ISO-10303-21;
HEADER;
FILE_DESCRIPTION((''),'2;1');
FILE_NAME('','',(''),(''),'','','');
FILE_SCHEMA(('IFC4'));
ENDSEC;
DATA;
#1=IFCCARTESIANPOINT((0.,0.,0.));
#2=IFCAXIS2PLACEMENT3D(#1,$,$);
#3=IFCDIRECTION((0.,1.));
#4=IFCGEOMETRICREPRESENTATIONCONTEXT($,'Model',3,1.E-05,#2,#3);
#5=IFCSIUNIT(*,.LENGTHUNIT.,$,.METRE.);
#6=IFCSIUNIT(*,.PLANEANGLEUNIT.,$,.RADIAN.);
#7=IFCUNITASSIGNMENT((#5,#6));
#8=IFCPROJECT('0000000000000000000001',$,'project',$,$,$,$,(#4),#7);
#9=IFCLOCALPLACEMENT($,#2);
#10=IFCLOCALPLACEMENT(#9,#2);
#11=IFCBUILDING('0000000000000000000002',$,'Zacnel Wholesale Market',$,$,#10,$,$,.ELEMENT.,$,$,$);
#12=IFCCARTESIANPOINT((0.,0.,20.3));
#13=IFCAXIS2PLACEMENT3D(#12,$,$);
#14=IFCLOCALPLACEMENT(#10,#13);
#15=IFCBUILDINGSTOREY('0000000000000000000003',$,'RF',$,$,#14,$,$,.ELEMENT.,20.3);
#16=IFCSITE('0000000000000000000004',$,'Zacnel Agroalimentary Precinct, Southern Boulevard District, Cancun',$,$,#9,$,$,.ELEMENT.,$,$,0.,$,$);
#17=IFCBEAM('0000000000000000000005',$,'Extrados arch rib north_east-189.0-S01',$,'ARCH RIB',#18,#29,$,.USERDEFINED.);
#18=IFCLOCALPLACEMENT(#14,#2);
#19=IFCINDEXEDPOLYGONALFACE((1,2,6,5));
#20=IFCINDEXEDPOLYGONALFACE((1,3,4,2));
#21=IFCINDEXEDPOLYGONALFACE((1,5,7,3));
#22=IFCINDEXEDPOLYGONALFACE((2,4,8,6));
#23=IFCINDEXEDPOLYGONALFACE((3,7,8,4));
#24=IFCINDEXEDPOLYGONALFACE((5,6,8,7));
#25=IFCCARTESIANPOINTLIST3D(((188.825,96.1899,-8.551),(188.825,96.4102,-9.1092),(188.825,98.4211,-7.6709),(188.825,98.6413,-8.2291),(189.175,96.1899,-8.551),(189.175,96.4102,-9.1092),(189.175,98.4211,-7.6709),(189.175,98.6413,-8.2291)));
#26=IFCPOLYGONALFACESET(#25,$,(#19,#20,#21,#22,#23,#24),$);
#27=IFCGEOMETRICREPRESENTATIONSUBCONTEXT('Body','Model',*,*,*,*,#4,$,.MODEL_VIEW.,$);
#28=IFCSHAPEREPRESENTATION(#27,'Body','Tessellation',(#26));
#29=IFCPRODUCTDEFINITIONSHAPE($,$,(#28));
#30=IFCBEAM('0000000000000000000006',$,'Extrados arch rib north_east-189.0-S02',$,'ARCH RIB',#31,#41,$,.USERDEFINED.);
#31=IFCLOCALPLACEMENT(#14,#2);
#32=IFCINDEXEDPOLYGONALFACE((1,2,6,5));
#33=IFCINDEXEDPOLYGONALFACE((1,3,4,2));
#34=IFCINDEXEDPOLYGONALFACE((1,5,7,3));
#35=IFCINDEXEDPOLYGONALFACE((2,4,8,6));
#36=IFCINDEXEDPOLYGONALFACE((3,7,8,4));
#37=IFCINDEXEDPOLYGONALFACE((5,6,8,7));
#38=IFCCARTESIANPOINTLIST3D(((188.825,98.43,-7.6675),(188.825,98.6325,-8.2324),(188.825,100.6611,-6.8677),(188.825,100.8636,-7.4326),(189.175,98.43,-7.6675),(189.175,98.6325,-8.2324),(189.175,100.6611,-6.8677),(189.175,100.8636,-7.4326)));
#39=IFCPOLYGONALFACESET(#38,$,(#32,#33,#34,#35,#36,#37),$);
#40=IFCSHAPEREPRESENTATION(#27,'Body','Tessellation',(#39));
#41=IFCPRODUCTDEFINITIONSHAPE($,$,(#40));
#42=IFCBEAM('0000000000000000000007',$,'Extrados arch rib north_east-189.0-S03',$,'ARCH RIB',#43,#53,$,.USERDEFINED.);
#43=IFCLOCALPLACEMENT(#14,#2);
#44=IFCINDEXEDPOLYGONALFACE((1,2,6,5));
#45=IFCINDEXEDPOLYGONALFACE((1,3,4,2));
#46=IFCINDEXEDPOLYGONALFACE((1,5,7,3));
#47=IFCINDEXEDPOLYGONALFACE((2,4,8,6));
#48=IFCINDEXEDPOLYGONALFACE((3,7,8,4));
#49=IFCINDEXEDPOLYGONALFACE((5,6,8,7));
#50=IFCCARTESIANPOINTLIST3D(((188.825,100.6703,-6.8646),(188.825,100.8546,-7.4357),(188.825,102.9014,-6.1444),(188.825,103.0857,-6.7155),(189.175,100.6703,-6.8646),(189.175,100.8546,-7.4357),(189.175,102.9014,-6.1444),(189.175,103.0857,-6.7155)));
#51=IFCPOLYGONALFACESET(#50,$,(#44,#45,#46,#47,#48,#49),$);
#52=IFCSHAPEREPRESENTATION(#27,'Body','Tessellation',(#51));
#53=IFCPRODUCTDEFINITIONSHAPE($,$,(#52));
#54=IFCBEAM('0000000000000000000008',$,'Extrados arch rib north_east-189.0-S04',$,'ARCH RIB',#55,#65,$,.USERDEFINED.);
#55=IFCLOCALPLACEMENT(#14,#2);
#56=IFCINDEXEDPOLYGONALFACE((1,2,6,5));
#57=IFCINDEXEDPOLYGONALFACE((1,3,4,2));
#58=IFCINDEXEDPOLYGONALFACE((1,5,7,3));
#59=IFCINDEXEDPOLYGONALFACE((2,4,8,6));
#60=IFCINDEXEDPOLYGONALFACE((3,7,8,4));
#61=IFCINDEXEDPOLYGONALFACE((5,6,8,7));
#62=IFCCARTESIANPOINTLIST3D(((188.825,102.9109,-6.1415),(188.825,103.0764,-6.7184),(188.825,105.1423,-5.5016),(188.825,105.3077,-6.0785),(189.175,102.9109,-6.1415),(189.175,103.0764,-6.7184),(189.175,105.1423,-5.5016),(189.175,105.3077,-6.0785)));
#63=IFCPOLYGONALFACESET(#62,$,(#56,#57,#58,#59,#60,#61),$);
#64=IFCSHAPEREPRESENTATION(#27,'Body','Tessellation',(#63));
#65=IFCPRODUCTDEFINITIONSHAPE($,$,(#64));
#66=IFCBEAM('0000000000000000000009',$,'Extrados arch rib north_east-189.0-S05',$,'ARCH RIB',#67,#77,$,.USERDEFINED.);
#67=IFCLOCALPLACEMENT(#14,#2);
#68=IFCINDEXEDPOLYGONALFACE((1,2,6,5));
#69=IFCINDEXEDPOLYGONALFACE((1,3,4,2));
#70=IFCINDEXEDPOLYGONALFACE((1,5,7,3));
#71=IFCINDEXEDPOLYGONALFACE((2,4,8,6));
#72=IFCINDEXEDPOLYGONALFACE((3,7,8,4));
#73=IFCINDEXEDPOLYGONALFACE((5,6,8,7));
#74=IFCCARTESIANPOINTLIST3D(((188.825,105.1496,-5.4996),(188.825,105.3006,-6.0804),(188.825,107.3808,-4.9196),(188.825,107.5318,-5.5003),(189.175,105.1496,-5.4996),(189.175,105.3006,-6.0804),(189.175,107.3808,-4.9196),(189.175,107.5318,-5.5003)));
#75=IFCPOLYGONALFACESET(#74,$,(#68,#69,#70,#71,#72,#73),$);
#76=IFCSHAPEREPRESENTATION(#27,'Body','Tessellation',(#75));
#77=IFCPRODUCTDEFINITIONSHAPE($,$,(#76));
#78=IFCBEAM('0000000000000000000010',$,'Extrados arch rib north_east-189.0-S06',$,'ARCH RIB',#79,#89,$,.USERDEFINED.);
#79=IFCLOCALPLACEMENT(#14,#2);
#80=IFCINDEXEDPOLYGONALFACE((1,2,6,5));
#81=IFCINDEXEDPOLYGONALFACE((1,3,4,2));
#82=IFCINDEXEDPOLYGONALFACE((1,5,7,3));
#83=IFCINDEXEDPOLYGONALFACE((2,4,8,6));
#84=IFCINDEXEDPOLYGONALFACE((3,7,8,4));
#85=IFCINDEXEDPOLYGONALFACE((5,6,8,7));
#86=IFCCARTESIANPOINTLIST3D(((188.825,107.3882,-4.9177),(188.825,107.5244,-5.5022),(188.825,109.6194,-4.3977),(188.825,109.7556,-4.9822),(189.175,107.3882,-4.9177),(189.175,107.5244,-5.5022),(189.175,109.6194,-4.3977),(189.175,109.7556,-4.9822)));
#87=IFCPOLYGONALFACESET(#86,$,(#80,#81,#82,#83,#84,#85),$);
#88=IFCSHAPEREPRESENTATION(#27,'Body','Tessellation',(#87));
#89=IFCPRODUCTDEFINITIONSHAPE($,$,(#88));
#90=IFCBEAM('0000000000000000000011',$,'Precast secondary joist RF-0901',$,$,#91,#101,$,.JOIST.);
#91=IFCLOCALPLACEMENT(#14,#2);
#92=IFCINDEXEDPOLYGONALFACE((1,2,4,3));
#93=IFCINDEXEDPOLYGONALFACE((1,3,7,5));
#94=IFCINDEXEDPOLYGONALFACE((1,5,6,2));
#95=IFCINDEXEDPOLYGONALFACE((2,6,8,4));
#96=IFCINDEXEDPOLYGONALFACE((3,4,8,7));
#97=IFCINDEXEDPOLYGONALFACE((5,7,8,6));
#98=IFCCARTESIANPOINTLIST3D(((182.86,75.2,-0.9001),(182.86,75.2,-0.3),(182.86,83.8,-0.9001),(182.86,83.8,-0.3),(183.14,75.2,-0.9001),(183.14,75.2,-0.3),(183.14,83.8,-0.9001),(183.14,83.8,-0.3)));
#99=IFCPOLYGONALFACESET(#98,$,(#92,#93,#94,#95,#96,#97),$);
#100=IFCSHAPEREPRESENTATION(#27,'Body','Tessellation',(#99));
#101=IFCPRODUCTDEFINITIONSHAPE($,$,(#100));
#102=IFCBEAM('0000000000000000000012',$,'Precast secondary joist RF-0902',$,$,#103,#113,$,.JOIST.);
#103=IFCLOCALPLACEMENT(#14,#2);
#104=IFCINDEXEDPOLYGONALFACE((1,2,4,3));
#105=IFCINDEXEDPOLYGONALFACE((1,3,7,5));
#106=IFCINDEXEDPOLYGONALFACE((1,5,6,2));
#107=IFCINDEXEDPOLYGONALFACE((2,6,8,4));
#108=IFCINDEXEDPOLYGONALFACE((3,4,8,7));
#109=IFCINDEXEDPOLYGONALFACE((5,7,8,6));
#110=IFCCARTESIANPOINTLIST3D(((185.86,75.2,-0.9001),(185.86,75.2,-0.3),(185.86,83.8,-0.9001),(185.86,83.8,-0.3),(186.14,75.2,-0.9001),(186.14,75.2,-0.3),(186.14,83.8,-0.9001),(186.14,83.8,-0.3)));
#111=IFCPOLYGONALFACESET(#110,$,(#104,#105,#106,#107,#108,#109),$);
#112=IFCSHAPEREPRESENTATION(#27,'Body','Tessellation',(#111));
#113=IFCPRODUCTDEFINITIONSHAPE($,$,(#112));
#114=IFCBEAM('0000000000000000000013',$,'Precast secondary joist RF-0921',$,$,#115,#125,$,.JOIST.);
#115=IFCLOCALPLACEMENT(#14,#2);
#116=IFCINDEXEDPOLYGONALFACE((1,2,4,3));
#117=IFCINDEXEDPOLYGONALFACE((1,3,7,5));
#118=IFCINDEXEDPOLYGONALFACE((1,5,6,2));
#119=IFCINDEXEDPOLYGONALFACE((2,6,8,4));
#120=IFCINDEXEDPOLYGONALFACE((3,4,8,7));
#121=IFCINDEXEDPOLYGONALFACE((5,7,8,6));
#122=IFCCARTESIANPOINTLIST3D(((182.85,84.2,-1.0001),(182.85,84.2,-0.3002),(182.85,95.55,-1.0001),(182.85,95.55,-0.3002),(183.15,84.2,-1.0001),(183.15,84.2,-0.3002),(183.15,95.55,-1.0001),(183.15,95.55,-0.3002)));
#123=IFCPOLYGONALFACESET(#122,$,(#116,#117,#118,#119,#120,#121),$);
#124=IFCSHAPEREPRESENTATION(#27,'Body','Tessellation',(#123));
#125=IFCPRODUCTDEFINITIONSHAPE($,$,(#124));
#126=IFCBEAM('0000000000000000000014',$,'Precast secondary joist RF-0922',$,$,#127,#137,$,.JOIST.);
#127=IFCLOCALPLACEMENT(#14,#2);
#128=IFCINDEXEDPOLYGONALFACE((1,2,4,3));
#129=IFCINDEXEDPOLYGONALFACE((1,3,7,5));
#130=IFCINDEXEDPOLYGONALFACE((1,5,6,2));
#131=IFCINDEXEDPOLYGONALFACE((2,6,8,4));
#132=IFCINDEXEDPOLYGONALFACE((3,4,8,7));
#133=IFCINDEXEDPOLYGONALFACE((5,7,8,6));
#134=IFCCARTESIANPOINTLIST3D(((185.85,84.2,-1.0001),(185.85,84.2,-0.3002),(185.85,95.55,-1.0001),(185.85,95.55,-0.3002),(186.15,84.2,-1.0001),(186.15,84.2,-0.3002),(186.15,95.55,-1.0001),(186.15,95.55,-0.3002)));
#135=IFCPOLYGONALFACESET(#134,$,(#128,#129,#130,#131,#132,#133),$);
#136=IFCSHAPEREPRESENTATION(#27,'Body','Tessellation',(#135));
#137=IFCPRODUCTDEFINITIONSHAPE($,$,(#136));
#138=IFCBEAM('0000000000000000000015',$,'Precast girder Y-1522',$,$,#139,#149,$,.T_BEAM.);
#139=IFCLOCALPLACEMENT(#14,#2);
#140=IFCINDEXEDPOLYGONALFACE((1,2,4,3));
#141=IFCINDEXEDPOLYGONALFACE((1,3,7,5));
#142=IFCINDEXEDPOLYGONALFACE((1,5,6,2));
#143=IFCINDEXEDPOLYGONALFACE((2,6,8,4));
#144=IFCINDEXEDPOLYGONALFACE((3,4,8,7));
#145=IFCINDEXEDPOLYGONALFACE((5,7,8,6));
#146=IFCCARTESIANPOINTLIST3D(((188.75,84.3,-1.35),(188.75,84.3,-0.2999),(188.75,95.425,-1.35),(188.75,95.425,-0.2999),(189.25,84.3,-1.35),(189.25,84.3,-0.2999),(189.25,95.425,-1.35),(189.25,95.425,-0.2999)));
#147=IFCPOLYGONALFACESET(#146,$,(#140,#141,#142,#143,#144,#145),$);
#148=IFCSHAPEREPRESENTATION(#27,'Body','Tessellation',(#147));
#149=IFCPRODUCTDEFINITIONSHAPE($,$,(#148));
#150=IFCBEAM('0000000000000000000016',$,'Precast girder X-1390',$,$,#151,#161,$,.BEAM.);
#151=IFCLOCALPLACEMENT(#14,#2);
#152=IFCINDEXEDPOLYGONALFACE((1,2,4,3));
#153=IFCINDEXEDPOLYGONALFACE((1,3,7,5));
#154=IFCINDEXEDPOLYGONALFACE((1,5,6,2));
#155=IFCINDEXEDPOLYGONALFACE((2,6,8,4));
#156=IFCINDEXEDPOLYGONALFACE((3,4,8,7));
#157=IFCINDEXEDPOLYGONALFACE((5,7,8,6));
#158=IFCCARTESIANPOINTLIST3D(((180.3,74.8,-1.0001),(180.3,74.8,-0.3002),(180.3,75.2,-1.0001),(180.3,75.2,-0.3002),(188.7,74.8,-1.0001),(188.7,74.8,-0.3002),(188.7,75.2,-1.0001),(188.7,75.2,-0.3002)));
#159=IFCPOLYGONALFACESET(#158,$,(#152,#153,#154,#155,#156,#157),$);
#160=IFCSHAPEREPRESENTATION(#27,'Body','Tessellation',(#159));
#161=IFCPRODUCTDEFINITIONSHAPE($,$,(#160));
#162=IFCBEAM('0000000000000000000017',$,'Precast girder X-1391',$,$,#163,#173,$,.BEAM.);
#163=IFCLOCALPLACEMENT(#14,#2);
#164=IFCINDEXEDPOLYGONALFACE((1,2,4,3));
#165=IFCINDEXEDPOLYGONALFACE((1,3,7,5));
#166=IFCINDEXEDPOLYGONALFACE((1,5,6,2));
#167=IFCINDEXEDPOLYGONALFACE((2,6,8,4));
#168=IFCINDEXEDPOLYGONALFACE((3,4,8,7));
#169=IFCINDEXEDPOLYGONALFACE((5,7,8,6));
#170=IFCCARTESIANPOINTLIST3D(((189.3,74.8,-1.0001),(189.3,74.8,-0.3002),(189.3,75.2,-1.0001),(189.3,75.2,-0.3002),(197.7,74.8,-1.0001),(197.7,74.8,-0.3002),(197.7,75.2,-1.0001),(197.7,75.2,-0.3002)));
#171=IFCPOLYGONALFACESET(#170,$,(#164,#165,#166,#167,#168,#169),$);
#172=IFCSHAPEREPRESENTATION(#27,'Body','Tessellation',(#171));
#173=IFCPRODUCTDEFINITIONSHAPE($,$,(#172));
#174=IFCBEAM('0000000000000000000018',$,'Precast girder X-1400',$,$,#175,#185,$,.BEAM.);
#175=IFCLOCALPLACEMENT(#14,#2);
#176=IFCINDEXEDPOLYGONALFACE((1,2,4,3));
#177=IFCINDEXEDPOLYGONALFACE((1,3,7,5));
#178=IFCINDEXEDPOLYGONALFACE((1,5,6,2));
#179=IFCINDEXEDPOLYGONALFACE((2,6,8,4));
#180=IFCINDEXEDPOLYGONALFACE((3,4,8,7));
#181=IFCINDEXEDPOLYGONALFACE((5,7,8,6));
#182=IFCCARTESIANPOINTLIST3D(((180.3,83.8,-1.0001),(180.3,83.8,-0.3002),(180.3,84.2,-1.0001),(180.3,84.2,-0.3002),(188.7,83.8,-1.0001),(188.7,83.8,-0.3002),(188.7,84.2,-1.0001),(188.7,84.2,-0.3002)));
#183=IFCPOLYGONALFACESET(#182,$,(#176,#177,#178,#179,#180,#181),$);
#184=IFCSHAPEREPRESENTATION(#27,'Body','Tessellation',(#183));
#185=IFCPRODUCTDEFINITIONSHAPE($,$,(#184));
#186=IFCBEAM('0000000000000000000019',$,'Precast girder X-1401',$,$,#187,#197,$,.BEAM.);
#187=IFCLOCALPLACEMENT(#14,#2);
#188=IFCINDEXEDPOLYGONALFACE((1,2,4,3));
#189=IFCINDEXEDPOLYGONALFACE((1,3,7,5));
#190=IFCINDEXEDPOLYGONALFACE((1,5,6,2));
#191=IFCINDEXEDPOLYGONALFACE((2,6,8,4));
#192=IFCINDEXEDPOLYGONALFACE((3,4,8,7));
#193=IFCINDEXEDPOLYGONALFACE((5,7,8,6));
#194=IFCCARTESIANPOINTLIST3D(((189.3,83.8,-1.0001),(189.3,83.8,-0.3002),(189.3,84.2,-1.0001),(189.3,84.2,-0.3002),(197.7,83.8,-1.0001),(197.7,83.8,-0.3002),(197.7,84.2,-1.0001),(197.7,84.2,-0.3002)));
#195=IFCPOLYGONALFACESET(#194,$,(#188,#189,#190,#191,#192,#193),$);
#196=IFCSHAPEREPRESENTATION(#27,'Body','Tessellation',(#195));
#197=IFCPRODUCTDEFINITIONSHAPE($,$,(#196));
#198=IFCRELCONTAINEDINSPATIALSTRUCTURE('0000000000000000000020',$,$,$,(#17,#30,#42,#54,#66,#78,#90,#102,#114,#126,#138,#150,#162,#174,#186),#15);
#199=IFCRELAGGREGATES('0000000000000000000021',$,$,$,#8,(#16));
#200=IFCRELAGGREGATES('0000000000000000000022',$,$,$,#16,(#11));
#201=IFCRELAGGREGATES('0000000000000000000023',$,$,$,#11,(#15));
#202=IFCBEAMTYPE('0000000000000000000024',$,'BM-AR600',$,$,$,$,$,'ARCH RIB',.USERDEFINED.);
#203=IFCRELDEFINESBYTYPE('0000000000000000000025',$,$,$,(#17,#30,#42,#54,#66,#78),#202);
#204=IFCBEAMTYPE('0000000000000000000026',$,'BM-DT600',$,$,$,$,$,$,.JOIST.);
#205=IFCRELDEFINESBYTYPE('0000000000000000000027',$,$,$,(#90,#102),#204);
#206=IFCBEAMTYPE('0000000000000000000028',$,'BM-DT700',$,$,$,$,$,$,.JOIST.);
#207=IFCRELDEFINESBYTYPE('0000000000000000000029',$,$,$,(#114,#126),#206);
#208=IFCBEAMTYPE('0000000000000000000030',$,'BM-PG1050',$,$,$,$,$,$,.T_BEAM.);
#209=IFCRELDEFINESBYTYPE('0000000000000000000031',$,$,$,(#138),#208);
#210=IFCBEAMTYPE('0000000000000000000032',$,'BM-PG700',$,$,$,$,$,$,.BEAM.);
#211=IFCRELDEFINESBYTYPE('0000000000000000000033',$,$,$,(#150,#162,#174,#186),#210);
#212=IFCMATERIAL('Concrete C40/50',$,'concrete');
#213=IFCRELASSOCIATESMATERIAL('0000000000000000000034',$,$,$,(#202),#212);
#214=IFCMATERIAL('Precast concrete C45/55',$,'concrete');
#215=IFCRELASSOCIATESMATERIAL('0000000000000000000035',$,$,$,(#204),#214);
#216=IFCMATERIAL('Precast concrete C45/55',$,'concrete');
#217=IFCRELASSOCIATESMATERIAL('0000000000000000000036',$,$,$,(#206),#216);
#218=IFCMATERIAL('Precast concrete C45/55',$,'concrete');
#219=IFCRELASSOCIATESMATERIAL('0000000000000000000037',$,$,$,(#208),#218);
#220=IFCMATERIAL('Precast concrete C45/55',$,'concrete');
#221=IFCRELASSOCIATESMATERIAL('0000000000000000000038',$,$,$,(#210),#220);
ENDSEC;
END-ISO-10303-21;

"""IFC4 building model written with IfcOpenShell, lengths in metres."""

from ifc_helpers import new_model, si_unit, direction, frame, origin, origin_2d, place, context, subcontext, project, spatial, rectangle, extrude, material, material_profile, profile_set, type_object, element, save


model = new_model("IFC4")

# Units and contexts
model_context = context("Model", 3, precision=1e-05, world=origin(), true_north=direction((0.0, 1.0)))
body_context = subcontext(model_context, "Body", "Model", "MODEL_VIEW")
ifc_project = project(units=[si_unit("LENGTHUNIT", "METRE"), si_unit("PLANEANGLEUNIT", "RADIAN")], contexts=[model_context])

# Site, building, storey
site_placement = place(None, origin())
site = spatial("IfcSite", under=ifc_project, at=site_placement, Name="Zacnel Agroalimentary Precinct, Southern Boulevard District, Cancun", CompositionType="ELEMENT", RefElevation=0.0)
building_placement = place(site_placement, origin())
building = spatial("IfcBuilding", under=site, at=building_placement, Name="Zacnel Wholesale Market", CompositionType="ELEMENT")
storey_placement = place(building_placement, frame((0.0, 0.0, 20.3)))
storey = spatial("IfcBuildingStorey", under=building, at=storey_placement, Name="RF", CompositionType="ELEMENT", Elevation=20.3)

# Beams
ifc_material_1 = material(Name="Concrete C40/50", Category="concrete")
ifc_material_profile_1 = material_profile(ifc_material_1, rectangle(XDim=0.3501, YDim=0.6001, at=origin_2d()), Name="ARCH RIB 350x600")
ifc_profile_set_1 = profile_set([ifc_material_profile_1], Name="Concrete C40/50")
beam_type_1 = type_object("IfcBeamType", Name="BM-AR600", ElementType="ARCH RIB", PredefinedType="USERDEFINED", material=ifc_profile_set_1)
beam_1_placement = place(storey_placement, frame((189.0, 96.3, -8.8301), z_axis=(0.0, 0.930242, 0.366946), x_axis=(-1.0, 0.0, 0.0)))
element("IfcBeam", 1, at=beam_1_placement, inside=storey, type_object=beam_type_1, Name="Extrados arch rib north_east-189.0-S01", ObjectType="ARCH RIB", PredefinedType="USERDEFINED", context=body_context, shape_type="SweptSolid", body=[
    extrude(rectangle(XDim=0.3501, YDim=0.6001, at=origin_2d()), origin(), (0.0, 0.0, 1.0), 2.3984),
])
beam_2_placement = place(storey_placement, frame((189.0, 98.5312, -7.95), z_axis=(0.0, 0.941347, 0.337439), x_axis=(-1.0, 0.0, 0.0)))
element("IfcBeam", 2, at=beam_2_placement, inside=storey, type_object=beam_type_1, Name="Extrados arch rib north_east-189.0-S02", ObjectType="ARCH RIB", PredefinedType="USERDEFINED", context=body_context, shape_type="SweptSolid", body=[
    extrude(rectangle(XDim=0.3501, YDim=0.6001, at=origin_2d()), origin(), (0.0, 0.0, 1.0), 2.3701),
])
beam_3_placement = place(storey_placement, frame((189.0, 100.7625, -7.1501), z_axis=(0.0, 0.95165, 0.307185), x_axis=(-1.0, 0.0, 0.0)))
element("IfcBeam", 3, at=beam_3_placement, inside=storey, type_object=beam_type_1, Name="Extrados arch rib north_east-189.0-S03", ObjectType="ARCH RIB", PredefinedType="USERDEFINED", context=body_context, shape_type="SweptSolid", body=[
    extrude(rectangle(XDim=0.3501, YDim=0.6001, at=origin_2d()), origin(), (0.0, 0.0, 1.0), 2.3445),
])
beam_4_placement = place(storey_placement, frame((189.0, 102.9937, -6.4299), z_axis=(0.0, 0.961258, 0.275652), x_axis=(-1.0, 0.0, 0.0)))
element("IfcBeam", 4, at=beam_4_placement, inside=storey, type_object=beam_type_1, Name="Extrados arch rib north_east-189.0-S04", ObjectType="ARCH RIB", PredefinedType="USERDEFINED", context=body_context, shape_type="SweptSolid", body=[
    extrude(rectangle(XDim=0.3501, YDim=0.6001, at=origin_2d()), origin(), (0.0, 0.0, 1.0), 2.3213),
])
beam_5_placement = place(storey_placement, frame((189.0, 105.2251, -5.79), z_axis=(0.0, 0.967826, 0.25162), x_axis=(-1.0, 0.0, 0.0)))
element("IfcBeam", 5, at=beam_5_placement, inside=storey, type_object=beam_type_1, Name="Extrados arch rib north_east-189.0-S05", ObjectType="ARCH RIB", PredefinedType="USERDEFINED", context=body_context, shape_type="SweptSolid", body=[
    extrude(rectangle(XDim=0.3501, YDim=0.6001, at=origin_2d()), origin(), (0.0, 0.0, 1.0), 2.3054),
])
beam_6_placement = place(storey_placement, frame((189.0, 107.4563, -5.21), z_axis=(0.0, 0.973899, 0.226984), x_axis=(-1.0, 0.0, 0.0)))
element("IfcBeam", 6, at=beam_6_placement, inside=storey, type_object=beam_type_1, Name="Extrados arch rib north_east-189.0-S06", ObjectType="ARCH RIB", PredefinedType="USERDEFINED", context=body_context, shape_type="SweptSolid", body=[
    extrude(rectangle(XDim=0.3501, YDim=0.6001, at=origin_2d()), origin(), (0.0, 0.0, 1.0), 2.291),
])
ifc_material_2 = material(Name="Precast concrete C45/55", Category="concrete")
ifc_material_profile_2 = material_profile(ifc_material_2, rectangle(XDim=0.28, YDim=0.6001, at=origin_2d()), Name="DT RIB 280x600")
ifc_profile_set_2 = profile_set([ifc_material_profile_2], Name="Precast concrete C45/55")
beam_type_2 = type_object("IfcBeamType", Name="BM-DT600", PredefinedType="JOIST", material=ifc_profile_set_2)
for number, where, z_axis, x_axis, name in (
    (7, (183.0, 75.2, -0.6001), (0.0, 1.0, 0.0), (-1.0, 0.0, 0.0), "Precast secondary joist RF-0901"),
    (8, (186.0, 75.2, -0.6001), (0.0, 1.0, 0.0), (-1.0, 0.0, 0.0), "Precast secondary joist RF-0902"),
):
    element("IfcBeam", number, at=place(storey_placement, frame(where, z_axis=z_axis, x_axis=x_axis)), inside=storey, type_object=beam_type_2, Name=name, PredefinedType="JOIST", context=body_context, shape_type="SweptSolid", body=[
        extrude(rectangle(XDim=0.28, YDim=0.6001, at=origin_2d()), origin(), (0.0, 0.0, 1.0), 8.6001),
    ])
ifc_material_3 = material(Name="Precast concrete C45/55", Category="concrete")
ifc_material_profile_3 = material_profile(ifc_material_3, rectangle(XDim=0.3, YDim=0.7, at=origin_2d()), Name="DT RIB 300x700")
ifc_profile_set_3 = profile_set([ifc_material_profile_3], Name="Precast concrete C45/55")
beam_type_3 = type_object("IfcBeamType", Name="BM-DT700", PredefinedType="JOIST", material=ifc_profile_set_3)
for number, where, z_axis, x_axis, name in (
    (9, (183.0, 84.2, -0.6501), (0.0, 1.0, 0.0), (-1.0, 0.0, 0.0), "Precast secondary joist RF-0921"),
    (10, (186.0, 84.2, -0.6501), (0.0, 1.0, 0.0), (-1.0, 0.0, 0.0), "Precast secondary joist RF-0922"),
):
    element("IfcBeam", number, at=place(storey_placement, frame(where, z_axis=z_axis, x_axis=x_axis)), inside=storey, type_object=beam_type_3, Name=name, PredefinedType="JOIST", context=body_context, shape_type="SweptSolid", body=[
        extrude(rectangle(XDim=0.3, YDim=0.7, at=origin_2d()), origin(), (0.0, 0.0, 1.0), 11.3501),
    ])
ifc_material_4 = material(Name="Precast concrete C45/55", Category="concrete")
ifc_material_profile_4 = material_profile(ifc_material_4, rectangle(XDim=0.5, YDim=1.05, at=origin_2d()), Name="PG 500x1050")
ifc_profile_set_4 = profile_set([ifc_material_profile_4], Name="Precast concrete C45/55")
beam_type_4 = type_object("IfcBeamType", Name="BM-PG1050", PredefinedType="T_BEAM", material=ifc_profile_set_4)
beam_7_placement = place(storey_placement, frame((189.0, 84.3, -0.825), z_axis=(0.0, 1.0, 0.0), x_axis=(-1.0, 0.0, 0.0)))
element("IfcBeam", 11, at=beam_7_placement, inside=storey, type_object=beam_type_4, Name="Precast girder Y-1522", PredefinedType="T_BEAM", context=body_context, shape_type="SweptSolid", body=[
    extrude(rectangle(XDim=0.5, YDim=1.05, at=origin_2d()), origin(), (0.0, 0.0, 1.0), 11.125),
])
ifc_material_5 = material(Name="Precast concrete C45/55", Category="concrete")
ifc_material_profile_5 = material_profile(ifc_material_5, rectangle(XDim=0.3999, YDim=0.7, at=origin_2d()), Name="PG 400x700")
ifc_profile_set_5 = profile_set([ifc_material_profile_5], Name="Precast concrete C45/55")
beam_type_5 = type_object("IfcBeamType", Name="BM-PG700", PredefinedType="BEAM", material=ifc_profile_set_5)
for number, where, z_axis, x_axis, name in (
    (12, (180.3, 75.0, -0.6501), (1.0, 0.0, 0.0), (0.0, 1.0, 0.0), "Precast girder X-1390"),
    (13, (189.3, 75.0, -0.6501), (1.0, 0.0, 0.0), (0.0, 1.0, 0.0), "Precast girder X-1391"),
    (14, (180.3, 84.0, -0.6501), (1.0, 0.0, 0.0), (0.0, 1.0, 0.0), "Precast girder X-1400"),
    (15, (189.3, 84.0, -0.6501), (1.0, 0.0, 0.0), (0.0, 1.0, 0.0), "Precast girder X-1401"),
):
    element("IfcBeam", number, at=place(storey_placement, frame(where, z_axis=z_axis, x_axis=x_axis)), inside=storey, type_object=beam_type_5, Name=name, PredefinedType="BEAM", context=body_context, shape_type="SweptSolid", body=[
        extrude(rectangle(XDim=0.3999, YDim=0.7, at=origin_2d()), origin(), (0.0, 0.0, 1.0), 8.3999),
    ])

save(model, "model.ifc")
